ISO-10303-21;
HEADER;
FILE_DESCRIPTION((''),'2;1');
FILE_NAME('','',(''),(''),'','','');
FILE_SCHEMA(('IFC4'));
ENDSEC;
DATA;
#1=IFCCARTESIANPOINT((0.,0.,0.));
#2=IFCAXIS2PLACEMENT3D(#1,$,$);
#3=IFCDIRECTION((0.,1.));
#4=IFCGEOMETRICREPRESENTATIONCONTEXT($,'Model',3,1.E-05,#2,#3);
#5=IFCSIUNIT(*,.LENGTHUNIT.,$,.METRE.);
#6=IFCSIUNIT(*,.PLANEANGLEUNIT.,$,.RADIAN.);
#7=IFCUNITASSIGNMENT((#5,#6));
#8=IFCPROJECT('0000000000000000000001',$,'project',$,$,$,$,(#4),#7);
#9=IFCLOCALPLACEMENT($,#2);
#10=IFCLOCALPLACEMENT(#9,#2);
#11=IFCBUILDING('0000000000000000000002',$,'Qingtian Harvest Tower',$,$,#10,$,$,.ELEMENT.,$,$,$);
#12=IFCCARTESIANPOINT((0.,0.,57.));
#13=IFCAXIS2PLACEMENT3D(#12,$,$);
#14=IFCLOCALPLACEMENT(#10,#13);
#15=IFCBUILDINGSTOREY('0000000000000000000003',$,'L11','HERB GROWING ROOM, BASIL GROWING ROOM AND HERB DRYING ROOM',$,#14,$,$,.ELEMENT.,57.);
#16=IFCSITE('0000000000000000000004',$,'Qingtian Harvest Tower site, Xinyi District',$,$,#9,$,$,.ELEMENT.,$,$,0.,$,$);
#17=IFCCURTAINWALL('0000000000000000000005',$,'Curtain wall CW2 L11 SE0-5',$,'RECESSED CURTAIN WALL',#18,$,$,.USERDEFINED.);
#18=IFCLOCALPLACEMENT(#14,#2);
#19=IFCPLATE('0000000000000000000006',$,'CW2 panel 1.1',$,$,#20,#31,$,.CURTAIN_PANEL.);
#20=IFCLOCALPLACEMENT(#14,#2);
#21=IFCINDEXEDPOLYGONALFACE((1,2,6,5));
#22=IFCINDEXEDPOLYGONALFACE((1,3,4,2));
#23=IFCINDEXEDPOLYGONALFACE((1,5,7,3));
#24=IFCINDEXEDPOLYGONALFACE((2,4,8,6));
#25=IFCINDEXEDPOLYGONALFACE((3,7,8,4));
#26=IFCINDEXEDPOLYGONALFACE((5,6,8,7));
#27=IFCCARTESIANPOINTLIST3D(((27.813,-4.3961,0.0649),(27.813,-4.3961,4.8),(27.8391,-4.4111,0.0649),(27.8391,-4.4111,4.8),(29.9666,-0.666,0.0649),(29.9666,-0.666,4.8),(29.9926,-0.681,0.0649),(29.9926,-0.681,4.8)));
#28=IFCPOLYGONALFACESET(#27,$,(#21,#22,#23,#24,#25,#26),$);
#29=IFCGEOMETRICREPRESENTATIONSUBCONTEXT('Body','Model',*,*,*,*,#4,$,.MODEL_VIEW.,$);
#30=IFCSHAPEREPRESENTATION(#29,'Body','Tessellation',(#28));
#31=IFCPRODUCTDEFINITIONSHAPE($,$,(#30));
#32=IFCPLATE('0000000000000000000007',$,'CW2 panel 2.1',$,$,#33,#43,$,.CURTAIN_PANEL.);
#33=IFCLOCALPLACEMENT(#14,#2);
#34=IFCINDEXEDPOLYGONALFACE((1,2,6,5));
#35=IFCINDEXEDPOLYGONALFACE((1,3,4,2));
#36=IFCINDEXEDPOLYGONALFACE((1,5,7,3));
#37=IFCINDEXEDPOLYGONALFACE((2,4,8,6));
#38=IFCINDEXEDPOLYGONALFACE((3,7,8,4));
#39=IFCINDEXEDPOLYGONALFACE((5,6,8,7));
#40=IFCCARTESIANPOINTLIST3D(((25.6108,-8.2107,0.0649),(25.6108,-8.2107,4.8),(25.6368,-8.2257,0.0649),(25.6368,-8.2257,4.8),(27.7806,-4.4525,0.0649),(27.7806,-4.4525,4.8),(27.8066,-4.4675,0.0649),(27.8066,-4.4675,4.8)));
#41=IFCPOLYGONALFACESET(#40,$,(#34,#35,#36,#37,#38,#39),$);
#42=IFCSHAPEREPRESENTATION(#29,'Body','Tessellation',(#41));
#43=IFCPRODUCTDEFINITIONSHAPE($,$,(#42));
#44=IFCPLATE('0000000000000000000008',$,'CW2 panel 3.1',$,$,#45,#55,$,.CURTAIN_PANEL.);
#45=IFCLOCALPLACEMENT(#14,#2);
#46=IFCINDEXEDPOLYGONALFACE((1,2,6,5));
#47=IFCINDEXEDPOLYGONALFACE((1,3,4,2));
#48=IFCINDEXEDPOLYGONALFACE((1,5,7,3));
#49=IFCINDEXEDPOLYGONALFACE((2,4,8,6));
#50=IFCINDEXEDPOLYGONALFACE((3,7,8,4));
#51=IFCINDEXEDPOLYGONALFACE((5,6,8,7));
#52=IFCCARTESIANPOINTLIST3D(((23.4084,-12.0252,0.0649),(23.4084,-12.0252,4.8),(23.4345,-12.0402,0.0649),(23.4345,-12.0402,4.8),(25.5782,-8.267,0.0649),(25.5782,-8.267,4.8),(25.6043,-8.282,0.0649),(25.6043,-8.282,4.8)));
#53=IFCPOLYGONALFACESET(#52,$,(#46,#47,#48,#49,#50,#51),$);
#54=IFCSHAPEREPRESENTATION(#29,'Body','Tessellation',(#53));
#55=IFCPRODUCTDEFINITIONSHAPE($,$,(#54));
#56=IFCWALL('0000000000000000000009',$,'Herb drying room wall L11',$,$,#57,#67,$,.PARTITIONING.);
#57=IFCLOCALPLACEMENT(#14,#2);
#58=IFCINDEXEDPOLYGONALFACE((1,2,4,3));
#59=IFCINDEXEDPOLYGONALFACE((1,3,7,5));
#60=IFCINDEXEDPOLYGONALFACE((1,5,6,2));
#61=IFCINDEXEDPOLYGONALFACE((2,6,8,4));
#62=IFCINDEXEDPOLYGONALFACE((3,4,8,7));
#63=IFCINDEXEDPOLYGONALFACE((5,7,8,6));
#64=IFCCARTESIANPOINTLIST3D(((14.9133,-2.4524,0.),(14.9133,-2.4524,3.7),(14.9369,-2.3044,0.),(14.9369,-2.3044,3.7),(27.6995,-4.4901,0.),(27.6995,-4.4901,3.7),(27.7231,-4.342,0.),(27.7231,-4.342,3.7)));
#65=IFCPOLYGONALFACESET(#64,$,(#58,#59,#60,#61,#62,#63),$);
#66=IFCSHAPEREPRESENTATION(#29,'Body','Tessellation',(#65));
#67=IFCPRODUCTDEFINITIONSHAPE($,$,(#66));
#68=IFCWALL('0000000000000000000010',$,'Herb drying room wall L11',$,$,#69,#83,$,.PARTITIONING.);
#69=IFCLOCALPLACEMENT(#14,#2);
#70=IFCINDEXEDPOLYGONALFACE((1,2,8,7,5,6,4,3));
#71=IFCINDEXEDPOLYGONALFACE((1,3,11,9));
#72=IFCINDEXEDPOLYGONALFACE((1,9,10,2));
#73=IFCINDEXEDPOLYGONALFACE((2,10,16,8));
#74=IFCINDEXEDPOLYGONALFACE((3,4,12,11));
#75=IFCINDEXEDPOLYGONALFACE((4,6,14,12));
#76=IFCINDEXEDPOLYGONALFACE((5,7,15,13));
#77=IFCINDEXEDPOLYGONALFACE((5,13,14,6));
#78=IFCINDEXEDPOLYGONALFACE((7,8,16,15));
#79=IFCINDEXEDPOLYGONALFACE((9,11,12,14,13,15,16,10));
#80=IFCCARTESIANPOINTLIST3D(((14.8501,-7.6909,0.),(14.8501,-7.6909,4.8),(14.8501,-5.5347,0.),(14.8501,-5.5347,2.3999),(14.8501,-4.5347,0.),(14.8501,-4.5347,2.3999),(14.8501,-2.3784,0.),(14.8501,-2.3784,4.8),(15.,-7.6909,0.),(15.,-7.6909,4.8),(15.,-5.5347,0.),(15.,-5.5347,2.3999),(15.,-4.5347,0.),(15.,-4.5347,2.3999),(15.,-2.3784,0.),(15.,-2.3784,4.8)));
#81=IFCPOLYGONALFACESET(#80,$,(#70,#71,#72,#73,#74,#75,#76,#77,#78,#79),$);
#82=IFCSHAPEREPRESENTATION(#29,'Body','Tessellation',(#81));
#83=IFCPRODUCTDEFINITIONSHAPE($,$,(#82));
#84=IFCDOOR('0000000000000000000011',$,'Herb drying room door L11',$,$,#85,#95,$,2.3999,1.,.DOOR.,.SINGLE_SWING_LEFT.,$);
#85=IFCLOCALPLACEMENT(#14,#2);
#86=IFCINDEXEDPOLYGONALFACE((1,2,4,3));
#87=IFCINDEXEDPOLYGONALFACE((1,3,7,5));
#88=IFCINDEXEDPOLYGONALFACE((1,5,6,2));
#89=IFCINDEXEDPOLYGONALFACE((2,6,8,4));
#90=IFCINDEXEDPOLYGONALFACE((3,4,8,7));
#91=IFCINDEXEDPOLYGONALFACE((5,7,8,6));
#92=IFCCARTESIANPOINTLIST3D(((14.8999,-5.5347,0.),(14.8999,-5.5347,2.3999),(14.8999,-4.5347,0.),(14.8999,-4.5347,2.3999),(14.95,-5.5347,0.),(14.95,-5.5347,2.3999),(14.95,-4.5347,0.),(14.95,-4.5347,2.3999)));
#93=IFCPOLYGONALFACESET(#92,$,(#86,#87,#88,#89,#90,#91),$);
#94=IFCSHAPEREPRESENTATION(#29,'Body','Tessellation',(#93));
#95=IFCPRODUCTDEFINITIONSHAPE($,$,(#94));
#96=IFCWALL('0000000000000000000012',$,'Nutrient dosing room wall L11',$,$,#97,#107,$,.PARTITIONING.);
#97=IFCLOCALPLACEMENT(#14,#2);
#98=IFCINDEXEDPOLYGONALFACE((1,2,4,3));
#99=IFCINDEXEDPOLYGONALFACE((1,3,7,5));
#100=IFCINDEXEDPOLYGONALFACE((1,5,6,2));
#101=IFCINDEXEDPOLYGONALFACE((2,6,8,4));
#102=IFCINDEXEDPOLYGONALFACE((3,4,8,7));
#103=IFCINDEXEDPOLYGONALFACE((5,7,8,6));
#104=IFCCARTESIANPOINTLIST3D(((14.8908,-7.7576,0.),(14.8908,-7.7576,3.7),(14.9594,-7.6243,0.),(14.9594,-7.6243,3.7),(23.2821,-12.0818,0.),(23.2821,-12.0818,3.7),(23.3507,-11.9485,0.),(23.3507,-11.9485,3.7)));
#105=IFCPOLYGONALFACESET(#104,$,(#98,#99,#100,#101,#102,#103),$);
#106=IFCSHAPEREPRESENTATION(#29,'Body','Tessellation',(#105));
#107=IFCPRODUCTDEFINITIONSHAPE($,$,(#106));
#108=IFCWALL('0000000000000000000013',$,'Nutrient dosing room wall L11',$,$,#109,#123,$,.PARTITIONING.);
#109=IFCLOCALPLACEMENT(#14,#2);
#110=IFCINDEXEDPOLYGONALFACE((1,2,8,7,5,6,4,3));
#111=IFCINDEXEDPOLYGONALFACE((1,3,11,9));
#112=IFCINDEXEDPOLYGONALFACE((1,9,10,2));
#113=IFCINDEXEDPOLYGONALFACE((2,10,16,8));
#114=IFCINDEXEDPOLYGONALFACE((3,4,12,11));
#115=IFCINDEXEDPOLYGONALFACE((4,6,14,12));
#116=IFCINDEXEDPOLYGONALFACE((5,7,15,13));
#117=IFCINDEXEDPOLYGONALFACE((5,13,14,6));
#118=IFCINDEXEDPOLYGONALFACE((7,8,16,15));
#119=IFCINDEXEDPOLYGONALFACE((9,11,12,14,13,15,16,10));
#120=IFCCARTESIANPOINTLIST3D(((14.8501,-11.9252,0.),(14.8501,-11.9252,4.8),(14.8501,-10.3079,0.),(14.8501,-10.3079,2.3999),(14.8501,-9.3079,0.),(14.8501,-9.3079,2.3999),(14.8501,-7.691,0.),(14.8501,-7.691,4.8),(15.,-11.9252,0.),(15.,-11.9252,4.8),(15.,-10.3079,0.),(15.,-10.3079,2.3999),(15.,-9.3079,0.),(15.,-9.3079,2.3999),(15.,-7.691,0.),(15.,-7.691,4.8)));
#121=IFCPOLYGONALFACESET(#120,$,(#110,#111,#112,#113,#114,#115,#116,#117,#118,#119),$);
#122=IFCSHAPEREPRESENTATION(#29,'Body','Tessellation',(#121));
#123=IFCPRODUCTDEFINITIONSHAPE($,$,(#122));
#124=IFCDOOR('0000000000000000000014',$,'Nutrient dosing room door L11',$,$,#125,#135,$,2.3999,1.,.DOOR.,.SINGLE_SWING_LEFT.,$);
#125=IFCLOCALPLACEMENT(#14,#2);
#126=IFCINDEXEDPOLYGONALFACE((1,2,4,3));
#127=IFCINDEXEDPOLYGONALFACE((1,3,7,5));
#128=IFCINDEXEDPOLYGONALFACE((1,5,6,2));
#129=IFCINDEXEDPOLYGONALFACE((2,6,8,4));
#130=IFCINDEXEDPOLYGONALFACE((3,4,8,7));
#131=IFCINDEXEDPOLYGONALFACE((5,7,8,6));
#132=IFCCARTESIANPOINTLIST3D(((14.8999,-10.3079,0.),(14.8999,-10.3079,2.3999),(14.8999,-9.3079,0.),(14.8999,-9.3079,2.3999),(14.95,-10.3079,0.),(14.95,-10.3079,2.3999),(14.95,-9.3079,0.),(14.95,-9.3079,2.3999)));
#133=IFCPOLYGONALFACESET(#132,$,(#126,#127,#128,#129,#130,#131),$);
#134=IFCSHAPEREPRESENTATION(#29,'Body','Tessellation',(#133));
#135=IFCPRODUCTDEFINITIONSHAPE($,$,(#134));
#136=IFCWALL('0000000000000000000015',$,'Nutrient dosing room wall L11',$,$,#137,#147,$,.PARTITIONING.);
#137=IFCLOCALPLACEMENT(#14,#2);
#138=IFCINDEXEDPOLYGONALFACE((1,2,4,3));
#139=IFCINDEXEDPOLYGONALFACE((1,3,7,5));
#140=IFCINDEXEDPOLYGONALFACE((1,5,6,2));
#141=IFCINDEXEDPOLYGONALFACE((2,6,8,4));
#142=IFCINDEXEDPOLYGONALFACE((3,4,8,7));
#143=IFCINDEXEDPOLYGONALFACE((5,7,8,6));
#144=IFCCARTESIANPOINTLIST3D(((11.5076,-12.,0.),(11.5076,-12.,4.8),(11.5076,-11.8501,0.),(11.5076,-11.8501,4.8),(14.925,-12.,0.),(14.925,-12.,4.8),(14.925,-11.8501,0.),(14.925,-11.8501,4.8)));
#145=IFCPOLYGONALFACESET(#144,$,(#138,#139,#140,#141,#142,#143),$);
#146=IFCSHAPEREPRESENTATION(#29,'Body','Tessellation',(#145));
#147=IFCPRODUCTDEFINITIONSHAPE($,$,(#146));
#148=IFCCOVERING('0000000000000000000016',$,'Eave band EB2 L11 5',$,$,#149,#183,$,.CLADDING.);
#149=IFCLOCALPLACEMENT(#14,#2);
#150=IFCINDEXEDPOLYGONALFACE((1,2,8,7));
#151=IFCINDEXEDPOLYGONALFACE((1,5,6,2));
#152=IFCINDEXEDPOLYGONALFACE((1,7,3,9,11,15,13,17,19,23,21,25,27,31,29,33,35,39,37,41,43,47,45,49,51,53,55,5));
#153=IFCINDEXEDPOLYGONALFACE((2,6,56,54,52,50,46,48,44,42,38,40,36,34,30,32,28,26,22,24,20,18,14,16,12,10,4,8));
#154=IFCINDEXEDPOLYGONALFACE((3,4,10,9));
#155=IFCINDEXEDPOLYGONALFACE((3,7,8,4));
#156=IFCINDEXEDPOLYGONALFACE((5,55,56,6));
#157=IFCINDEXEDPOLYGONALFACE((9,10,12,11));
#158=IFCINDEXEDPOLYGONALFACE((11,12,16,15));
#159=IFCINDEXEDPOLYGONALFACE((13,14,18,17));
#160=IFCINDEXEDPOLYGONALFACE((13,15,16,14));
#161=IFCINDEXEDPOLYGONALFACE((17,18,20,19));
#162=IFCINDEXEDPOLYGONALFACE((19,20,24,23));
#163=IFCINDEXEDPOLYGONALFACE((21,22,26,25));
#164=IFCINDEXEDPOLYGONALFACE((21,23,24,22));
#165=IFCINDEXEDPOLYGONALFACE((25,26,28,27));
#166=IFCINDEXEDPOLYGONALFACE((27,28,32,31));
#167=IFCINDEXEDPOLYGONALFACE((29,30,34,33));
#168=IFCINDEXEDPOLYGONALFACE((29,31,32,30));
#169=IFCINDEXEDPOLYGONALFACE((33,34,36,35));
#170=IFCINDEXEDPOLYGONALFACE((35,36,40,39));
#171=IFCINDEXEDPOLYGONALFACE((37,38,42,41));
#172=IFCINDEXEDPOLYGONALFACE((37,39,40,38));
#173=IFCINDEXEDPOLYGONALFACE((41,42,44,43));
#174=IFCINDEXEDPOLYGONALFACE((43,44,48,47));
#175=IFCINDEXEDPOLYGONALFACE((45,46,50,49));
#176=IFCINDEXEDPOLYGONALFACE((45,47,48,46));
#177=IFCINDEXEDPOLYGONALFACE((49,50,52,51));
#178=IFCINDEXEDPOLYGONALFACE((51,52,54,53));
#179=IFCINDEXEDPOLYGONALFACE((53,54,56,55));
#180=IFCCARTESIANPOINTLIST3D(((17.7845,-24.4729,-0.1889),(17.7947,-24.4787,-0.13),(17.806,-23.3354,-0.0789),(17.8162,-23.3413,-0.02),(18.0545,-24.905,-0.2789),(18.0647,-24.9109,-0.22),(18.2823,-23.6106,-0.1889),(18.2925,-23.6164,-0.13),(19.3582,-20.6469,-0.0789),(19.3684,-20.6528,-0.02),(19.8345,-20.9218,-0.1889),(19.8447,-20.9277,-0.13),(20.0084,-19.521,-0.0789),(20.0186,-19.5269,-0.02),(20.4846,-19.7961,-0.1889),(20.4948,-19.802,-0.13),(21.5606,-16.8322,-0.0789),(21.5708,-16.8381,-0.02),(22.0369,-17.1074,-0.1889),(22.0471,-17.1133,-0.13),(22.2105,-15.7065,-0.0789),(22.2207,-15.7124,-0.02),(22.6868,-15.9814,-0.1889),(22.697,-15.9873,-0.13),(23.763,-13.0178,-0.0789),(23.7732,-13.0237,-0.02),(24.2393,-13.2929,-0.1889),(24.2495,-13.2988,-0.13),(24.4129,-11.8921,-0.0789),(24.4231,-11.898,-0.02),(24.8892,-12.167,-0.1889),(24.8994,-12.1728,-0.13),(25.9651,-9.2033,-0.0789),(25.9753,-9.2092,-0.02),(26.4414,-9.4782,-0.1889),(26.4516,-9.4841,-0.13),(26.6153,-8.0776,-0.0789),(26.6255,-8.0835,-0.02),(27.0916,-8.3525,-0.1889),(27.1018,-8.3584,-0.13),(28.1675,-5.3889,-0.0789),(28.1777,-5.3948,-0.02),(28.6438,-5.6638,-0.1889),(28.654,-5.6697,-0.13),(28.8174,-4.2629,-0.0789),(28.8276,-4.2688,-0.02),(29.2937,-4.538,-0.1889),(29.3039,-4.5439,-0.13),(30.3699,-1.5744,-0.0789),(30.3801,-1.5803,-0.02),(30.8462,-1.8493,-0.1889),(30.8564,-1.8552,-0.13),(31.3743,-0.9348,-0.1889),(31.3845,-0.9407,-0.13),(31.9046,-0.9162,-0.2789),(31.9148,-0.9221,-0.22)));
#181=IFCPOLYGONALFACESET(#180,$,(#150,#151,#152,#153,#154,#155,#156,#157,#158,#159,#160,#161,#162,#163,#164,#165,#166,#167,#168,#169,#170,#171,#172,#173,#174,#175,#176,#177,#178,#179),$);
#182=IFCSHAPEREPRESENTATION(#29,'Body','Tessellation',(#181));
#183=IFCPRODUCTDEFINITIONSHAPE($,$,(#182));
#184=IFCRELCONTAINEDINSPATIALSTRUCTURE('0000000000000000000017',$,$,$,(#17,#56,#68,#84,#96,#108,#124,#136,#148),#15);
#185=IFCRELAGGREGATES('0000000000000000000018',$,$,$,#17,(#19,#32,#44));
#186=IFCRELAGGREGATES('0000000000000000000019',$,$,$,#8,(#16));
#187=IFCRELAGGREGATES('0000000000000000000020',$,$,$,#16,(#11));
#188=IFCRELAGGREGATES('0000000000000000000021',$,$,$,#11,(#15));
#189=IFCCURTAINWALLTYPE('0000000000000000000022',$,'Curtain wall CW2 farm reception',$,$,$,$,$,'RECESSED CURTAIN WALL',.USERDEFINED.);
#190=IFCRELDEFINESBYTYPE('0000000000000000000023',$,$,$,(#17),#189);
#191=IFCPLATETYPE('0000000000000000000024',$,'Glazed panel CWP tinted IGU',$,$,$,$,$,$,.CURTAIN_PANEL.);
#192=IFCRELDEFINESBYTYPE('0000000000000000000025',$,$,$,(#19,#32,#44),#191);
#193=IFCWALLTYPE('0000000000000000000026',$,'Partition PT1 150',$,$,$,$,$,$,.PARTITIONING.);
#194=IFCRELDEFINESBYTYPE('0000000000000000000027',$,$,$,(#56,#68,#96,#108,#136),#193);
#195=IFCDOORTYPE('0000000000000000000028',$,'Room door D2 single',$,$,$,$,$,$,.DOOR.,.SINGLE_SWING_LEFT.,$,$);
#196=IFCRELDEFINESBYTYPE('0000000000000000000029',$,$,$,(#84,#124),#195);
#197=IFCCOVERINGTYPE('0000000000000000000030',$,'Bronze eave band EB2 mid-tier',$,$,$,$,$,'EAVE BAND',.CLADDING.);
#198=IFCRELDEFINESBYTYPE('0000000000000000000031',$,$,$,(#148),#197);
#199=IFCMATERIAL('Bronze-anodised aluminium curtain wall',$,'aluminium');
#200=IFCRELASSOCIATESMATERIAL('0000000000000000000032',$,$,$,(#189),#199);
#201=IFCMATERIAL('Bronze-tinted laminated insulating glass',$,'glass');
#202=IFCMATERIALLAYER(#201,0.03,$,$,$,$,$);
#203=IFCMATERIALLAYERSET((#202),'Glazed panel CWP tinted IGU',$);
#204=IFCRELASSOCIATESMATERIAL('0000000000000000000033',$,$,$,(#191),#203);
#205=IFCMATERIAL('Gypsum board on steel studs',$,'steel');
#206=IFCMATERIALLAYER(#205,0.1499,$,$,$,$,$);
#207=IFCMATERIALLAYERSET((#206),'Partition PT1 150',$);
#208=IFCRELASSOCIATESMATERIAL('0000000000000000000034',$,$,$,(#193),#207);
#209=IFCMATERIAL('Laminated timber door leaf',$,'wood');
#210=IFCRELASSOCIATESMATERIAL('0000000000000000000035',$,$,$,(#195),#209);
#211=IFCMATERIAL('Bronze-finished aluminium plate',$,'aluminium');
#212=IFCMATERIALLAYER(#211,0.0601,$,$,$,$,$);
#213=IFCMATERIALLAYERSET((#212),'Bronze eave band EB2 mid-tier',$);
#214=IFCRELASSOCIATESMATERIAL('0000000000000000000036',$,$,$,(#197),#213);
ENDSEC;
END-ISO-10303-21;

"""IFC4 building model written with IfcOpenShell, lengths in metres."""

from ifc_helpers import new_model, si_unit, direction, frame, frame_2d, origin, origin_2d, place, context, subcontext, project, spatial, polyline, rectangle, outline, extrude, material, layer, layer_set, type_object, element, fill, aggregate, save


model = new_model("IFC4")

# Units and contexts
model_context = context("Model", 3, precision=1e-05, world=origin(), true_north=direction((0.0, 1.0)))
body_context = subcontext(model_context, "Body", "Model", "MODEL_VIEW")
ifc_project = project(units=[si_unit("LENGTHUNIT", "METRE"), si_unit("PLANEANGLEUNIT", "RADIAN")], contexts=[model_context])

# Site, building, storey
site_placement = place(None, origin())
site = spatial("IfcSite", under=ifc_project, at=site_placement, Name="Qingtian Harvest Tower site, Xinyi District", CompositionType="ELEMENT", RefElevation=0.0)
building_placement = place(site_placement, origin())
building = spatial("IfcBuilding", under=site, at=building_placement, Name="Qingtian Harvest Tower", CompositionType="ELEMENT")
storey_placement = place(building_placement, frame((0.0, 0.0, 57.0)))
storey = spatial("IfcBuildingStorey", under=building, at=storey_placement, Name="L11", Description="HERB GROWING ROOM, BASIL GROWING ROOM AND HERB DRYING ROOM", CompositionType="ELEMENT", Elevation=57.0)

# Shared definitions
ifc_material_1 = material(Name="Bronze-anodised aluminium curtain wall", Category="aluminium")
curtain_wall_type = type_object("IfcCurtainWallType", Name="Curtain wall CW2 farm reception", ElementType="RECESSED CURTAIN WALL", PredefinedType="USERDEFINED", material=ifc_material_1)

# Curtain wall
curtain_wall_1_placement = place(storey_placement, origin())
curtain_wall_1 = element("IfcCurtainWall", 1, at=curtain_wall_1_placement, inside=storey, type_object=curtain_wall_type, Name="Curtain wall CW2 L11 SE0-5", ObjectType="RECESSED CURTAIN WALL", PredefinedType="USERDEFINED")

# Plates
ifc_material_2 = material(Name="Bronze-tinted laminated insulating glass", Category="glass")
ifc_layer_1 = layer(ifc_material_2, 0.03)
ifc_layer_set_1 = layer_set([ifc_layer_1], Name="Glazed panel CWP tinted IGU")
plate_type = type_object("IfcPlateType", Name="Glazed panel CWP tinted IGU", PredefinedType="CURTAIN_PANEL", material=ifc_layer_set_1)
plate_1_placement = place(storey_placement, frame((28.9028, -2.5386, 0.0649), z_axis=(0.0, 0.0, 1.0), x_axis=(-0.5, -0.866025, 0.0)))
plate_1 = element("IfcPlate", 2, at=plate_1_placement, type_object=plate_type, Name="CW2 panel 1.1", PredefinedType="CURTAIN_PANEL", context=body_context, shape_type="SweptSolid", body=[
    extrude(rectangle(XDim=4.3071, YDim=0.03, at=origin_2d()), origin(), (0.0, 0.0, 1.0), 4.7351),
])
plate_2_placement = place(storey_placement, frame((26.7087, -6.3391, 0.0649), z_axis=(0.0, 0.0, 1.0), x_axis=(-0.5, -0.866025, 0.0)))
plate_2 = element("IfcPlate", 3, at=plate_2_placement, type_object=plate_type, Name="CW2 panel 2.1", PredefinedType="CURTAIN_PANEL", context=body_context, shape_type="SweptSolid", body=[
    extrude(rectangle(XDim=4.3396, YDim=0.03, at=origin_2d()), origin(), (0.0, 0.0, 1.0), 4.7351),
])
plate_3_placement = place(storey_placement, frame((24.5063, -10.1536, 0.0649), z_axis=(0.0, 0.0, 1.0), x_axis=(-0.5, -0.866025, 0.0)))
plate_3 = element("IfcPlate", 4, at=plate_3_placement, type_object=plate_type, Name="CW2 panel 3.1", PredefinedType="CURTAIN_PANEL", context=body_context, shape_type="SweptSolid", body=[
    extrude(rectangle(XDim=4.3396, YDim=0.03, at=origin_2d()), origin(), (0.0, 0.0, 1.0), 4.7351),
])
aggregate(curtain_wall_1, [plate_1, plate_2, plate_3])

# Wall
ifc_material_3 = material(Name="Gypsum board on steel studs", Category="steel")
ifc_layer_2 = layer(ifc_material_3, 0.1499)
ifc_layer_set_2 = layer_set([ifc_layer_2], Name="Partition PT1 150")
wall_type = type_object("IfcWallType", Name="Partition PT1 150", PredefinedType="PARTITIONING", material=ifc_layer_set_2)
wall_1_placement = place(storey_placement, frame((27.7112, -4.416, 0.0), z_axis=(0.0, 0.0, 1.0), x_axis=(-0.987539, 0.157374, 0.0)))
element("IfcWall", 5, at=wall_1_placement, inside=storey, type_object=wall_type, Name="Herb drying room wall L11", PredefinedType="PARTITIONING", context=body_context, shape_type="SweptSolid", body=[
    extrude(rectangle(XDim=12.9475, YDim=0.1499, at=frame_2d((6.4736, 0.0))), origin(), (0.0, 0.0, 1.0), 3.7),
])

# Wall, opening, door
wall_2_placement = place(storey_placement, frame((14.925, -2.3784, 0.0), z_axis=(0.0, 0.0, 1.0), x_axis=(0.0, -1.0, 0.0)))
wall_2 = element("IfcWall", 6, at=wall_2_placement, inside=storey, type_object=wall_type, Name="Herb drying room wall L11", PredefinedType="PARTITIONING", context=body_context, shape_type="SweptSolid", body=[
    extrude(rectangle(XDim=5.3125, YDim=0.1499, at=frame_2d((2.6562, 0.0))), origin(), (0.0, 0.0, 1.0), 4.8),
])
opening_1_placement = place(wall_2_placement, frame((2.1562, 0.0, 0.0)))
opening_1 = element("IfcOpeningElement", 7, at=opening_1_placement, cuts=wall_2, PredefinedType="OPENING", context=body_context, shape_type="SweptSolid", body=[
    extrude(rectangle(XDim=1.0, YDim=2.3999, at=frame_2d((0.5, 1.2))), frame((0.0, 0.085, 0.0), z_axis=(0.0, -1.0, 0.0), x_axis=(1.0, 0.0, 0.0)), (0.0, 0.0, 1.0), 0.1699),
])
ifc_material_4 = material(Name="Laminated timber door leaf", Category="wood")
door_type = type_object("IfcDoorType", Name="Room door D2 single", OperationType="SINGLE_SWING_LEFT", PredefinedType="DOOR", material=ifc_material_4)
door_1_placement = place(opening_1_placement, origin())
door_1 = element("IfcDoor", 8, at=door_1_placement, inside=storey, type_object=door_type, Name="Herb drying room door L11", OperationType="SINGLE_SWING_LEFT", OverallHeight=2.3999, OverallWidth=1.0, PredefinedType="DOOR", context=body_context, shape_type="SweptSolid", body=[
    extrude(rectangle(XDim=1.0, YDim=2.3999, at=frame_2d((0.5, 1.2))), frame((0.0, 0.0249, 0.0), z_axis=(0.0, -1.0, 0.0), x_axis=(1.0, 0.0, 0.0)), (0.0, 0.0, 1.0), 0.05),
])
fill(opening_1, door_1)

# Wall
wall_3_placement = place(storey_placement, frame((23.3164, -12.0151, 0.0), z_axis=(0.0, 0.0, 1.0), x_axis=(-0.888914, 0.458074, 0.0)))
element("IfcWall", 9, at=wall_3_placement, inside=storey, type_object=wall_type, Name="Nutrient dosing room wall L11", PredefinedType="PARTITIONING", context=body_context, shape_type="SweptSolid", body=[
    extrude(rectangle(XDim=9.4399, YDim=0.1499, at=frame_2d((4.72, 0.0))), origin(), (0.0, 0.0, 1.0), 3.7),
])

# Wall, opening, door
wall_4_placement = place(storey_placement, frame((14.925, -7.6909, 0.0), z_axis=(0.0, 0.0, 1.0), x_axis=(0.0, -1.0, 0.0)))
wall_4 = element("IfcWall", 10, at=wall_4_placement, inside=storey, type_object=wall_type, Name="Nutrient dosing room wall L11", PredefinedType="PARTITIONING", context=body_context, shape_type="SweptSolid", body=[
    extrude(rectangle(XDim=4.2341, YDim=0.1499, at=frame_2d((2.1172, 0.0))), origin(), (0.0, 0.0, 1.0), 4.8),
])
opening_2_placement = place(wall_4_placement, frame((1.6169, 0.0, 0.0)))
opening_2 = element("IfcOpeningElement", 11, at=opening_2_placement, cuts=wall_4, PredefinedType="OPENING", context=body_context, shape_type="SweptSolid", body=[
    extrude(rectangle(XDim=1.0, YDim=2.3999, at=frame_2d((0.5, 1.2))), frame((0.0, 0.085, 0.0), z_axis=(0.0, -1.0, 0.0), x_axis=(1.0, 0.0, 0.0)), (0.0, 0.0, 1.0), 0.1699),
])
door_2_placement = place(opening_2_placement, origin())
door_2 = element("IfcDoor", 12, at=door_2_placement, inside=storey, type_object=door_type, Name="Nutrient dosing room door L11", OperationType="SINGLE_SWING_LEFT", OverallHeight=2.3999, OverallWidth=1.0, PredefinedType="DOOR", context=body_context, shape_type="SweptSolid", body=[
    extrude(rectangle(XDim=1.0, YDim=2.3999, at=frame_2d((0.5, 1.2))), frame((0.0, 0.0249, 0.0), z_axis=(0.0, -1.0, 0.0), x_axis=(1.0, 0.0, 0.0)), (0.0, 0.0, 1.0), 0.05),
])
fill(opening_2, door_2)

# Wall
wall_5_placement = place(storey_placement, frame((14.925, -11.925, 0.0), z_axis=(0.0, 0.0, 1.0), x_axis=(-1.0, 0.0, 0.0)))
element("IfcWall", 13, at=wall_5_placement, inside=storey, type_object=wall_type, Name="Nutrient dosing room wall L11", PredefinedType="PARTITIONING", context=body_context, shape_type="SweptSolid", body=[
    extrude(rectangle(XDim=3.4175, YDim=0.1499, at=frame_2d((1.7087, 0.0))), origin(), (0.0, 0.0, 1.0), 4.8),
])

# Covering
ifc_material_5 = material(Name="Bronze-finished aluminium plate", Category="aluminium")
ifc_layer_3 = layer(ifc_material_5, 0.0601)
ifc_layer_set_3 = layer_set([ifc_layer_3], Name="Bronze eave band EB2 mid-tier")
covering_type = type_object("IfcCoveringType", Name="Bronze eave band EB2 mid-tier", ElementType="EAVE BAND", PredefinedType="CLADDING", material=ifc_layer_set_3)
covering_placement = place(storey_placement, frame((30.3801, -1.5803, -0.02), z_axis=(0.169831, -0.098054, 0.980583), x_axis=(0.849287, -0.490157, -0.196105)))
element("IfcCovering", 14, at=covering_placement, inside=storey, type_object=covering_type, Name="Eave band EB2 L11 5", PredefinedType="CLADDING", context=body_context, shape_type="SweptSolid", body=[
    extrude(outline(polyline([(0.0, 0.0), (0.5608, 0.0), (0.561, 1.0561), (1.02, 1.3372), (1.0155, -26.3627), (0.5567, -26.1234), (0.5568, -25.1278), (-0.0041, -25.1275), (-0.0036, -22.0231), (0.5572, -22.0231), (0.5576, -20.7232), (-0.0033, -20.7229), (-0.0029, -17.6183), (0.558, -17.6185), (0.5581, -16.3185), (-0.0027, -16.3185), (-0.0021, -13.2137), (0.5588, -13.2139), (0.5589, -11.9138), (-0.002, -11.9138), (-0.0016, -8.8092), (0.5593, -8.8092), (0.5596, -7.5092), (-0.0012, -7.5092), (-0.0008, -4.4046), (0.56, -4.4046), (0.5602, -3.1047), (-0.0007, -3.1045), (0.0, 0.0)])), origin(), (0.0, 0.0, -1.0), 0.0601),
])

save(model, "model.ifc")
